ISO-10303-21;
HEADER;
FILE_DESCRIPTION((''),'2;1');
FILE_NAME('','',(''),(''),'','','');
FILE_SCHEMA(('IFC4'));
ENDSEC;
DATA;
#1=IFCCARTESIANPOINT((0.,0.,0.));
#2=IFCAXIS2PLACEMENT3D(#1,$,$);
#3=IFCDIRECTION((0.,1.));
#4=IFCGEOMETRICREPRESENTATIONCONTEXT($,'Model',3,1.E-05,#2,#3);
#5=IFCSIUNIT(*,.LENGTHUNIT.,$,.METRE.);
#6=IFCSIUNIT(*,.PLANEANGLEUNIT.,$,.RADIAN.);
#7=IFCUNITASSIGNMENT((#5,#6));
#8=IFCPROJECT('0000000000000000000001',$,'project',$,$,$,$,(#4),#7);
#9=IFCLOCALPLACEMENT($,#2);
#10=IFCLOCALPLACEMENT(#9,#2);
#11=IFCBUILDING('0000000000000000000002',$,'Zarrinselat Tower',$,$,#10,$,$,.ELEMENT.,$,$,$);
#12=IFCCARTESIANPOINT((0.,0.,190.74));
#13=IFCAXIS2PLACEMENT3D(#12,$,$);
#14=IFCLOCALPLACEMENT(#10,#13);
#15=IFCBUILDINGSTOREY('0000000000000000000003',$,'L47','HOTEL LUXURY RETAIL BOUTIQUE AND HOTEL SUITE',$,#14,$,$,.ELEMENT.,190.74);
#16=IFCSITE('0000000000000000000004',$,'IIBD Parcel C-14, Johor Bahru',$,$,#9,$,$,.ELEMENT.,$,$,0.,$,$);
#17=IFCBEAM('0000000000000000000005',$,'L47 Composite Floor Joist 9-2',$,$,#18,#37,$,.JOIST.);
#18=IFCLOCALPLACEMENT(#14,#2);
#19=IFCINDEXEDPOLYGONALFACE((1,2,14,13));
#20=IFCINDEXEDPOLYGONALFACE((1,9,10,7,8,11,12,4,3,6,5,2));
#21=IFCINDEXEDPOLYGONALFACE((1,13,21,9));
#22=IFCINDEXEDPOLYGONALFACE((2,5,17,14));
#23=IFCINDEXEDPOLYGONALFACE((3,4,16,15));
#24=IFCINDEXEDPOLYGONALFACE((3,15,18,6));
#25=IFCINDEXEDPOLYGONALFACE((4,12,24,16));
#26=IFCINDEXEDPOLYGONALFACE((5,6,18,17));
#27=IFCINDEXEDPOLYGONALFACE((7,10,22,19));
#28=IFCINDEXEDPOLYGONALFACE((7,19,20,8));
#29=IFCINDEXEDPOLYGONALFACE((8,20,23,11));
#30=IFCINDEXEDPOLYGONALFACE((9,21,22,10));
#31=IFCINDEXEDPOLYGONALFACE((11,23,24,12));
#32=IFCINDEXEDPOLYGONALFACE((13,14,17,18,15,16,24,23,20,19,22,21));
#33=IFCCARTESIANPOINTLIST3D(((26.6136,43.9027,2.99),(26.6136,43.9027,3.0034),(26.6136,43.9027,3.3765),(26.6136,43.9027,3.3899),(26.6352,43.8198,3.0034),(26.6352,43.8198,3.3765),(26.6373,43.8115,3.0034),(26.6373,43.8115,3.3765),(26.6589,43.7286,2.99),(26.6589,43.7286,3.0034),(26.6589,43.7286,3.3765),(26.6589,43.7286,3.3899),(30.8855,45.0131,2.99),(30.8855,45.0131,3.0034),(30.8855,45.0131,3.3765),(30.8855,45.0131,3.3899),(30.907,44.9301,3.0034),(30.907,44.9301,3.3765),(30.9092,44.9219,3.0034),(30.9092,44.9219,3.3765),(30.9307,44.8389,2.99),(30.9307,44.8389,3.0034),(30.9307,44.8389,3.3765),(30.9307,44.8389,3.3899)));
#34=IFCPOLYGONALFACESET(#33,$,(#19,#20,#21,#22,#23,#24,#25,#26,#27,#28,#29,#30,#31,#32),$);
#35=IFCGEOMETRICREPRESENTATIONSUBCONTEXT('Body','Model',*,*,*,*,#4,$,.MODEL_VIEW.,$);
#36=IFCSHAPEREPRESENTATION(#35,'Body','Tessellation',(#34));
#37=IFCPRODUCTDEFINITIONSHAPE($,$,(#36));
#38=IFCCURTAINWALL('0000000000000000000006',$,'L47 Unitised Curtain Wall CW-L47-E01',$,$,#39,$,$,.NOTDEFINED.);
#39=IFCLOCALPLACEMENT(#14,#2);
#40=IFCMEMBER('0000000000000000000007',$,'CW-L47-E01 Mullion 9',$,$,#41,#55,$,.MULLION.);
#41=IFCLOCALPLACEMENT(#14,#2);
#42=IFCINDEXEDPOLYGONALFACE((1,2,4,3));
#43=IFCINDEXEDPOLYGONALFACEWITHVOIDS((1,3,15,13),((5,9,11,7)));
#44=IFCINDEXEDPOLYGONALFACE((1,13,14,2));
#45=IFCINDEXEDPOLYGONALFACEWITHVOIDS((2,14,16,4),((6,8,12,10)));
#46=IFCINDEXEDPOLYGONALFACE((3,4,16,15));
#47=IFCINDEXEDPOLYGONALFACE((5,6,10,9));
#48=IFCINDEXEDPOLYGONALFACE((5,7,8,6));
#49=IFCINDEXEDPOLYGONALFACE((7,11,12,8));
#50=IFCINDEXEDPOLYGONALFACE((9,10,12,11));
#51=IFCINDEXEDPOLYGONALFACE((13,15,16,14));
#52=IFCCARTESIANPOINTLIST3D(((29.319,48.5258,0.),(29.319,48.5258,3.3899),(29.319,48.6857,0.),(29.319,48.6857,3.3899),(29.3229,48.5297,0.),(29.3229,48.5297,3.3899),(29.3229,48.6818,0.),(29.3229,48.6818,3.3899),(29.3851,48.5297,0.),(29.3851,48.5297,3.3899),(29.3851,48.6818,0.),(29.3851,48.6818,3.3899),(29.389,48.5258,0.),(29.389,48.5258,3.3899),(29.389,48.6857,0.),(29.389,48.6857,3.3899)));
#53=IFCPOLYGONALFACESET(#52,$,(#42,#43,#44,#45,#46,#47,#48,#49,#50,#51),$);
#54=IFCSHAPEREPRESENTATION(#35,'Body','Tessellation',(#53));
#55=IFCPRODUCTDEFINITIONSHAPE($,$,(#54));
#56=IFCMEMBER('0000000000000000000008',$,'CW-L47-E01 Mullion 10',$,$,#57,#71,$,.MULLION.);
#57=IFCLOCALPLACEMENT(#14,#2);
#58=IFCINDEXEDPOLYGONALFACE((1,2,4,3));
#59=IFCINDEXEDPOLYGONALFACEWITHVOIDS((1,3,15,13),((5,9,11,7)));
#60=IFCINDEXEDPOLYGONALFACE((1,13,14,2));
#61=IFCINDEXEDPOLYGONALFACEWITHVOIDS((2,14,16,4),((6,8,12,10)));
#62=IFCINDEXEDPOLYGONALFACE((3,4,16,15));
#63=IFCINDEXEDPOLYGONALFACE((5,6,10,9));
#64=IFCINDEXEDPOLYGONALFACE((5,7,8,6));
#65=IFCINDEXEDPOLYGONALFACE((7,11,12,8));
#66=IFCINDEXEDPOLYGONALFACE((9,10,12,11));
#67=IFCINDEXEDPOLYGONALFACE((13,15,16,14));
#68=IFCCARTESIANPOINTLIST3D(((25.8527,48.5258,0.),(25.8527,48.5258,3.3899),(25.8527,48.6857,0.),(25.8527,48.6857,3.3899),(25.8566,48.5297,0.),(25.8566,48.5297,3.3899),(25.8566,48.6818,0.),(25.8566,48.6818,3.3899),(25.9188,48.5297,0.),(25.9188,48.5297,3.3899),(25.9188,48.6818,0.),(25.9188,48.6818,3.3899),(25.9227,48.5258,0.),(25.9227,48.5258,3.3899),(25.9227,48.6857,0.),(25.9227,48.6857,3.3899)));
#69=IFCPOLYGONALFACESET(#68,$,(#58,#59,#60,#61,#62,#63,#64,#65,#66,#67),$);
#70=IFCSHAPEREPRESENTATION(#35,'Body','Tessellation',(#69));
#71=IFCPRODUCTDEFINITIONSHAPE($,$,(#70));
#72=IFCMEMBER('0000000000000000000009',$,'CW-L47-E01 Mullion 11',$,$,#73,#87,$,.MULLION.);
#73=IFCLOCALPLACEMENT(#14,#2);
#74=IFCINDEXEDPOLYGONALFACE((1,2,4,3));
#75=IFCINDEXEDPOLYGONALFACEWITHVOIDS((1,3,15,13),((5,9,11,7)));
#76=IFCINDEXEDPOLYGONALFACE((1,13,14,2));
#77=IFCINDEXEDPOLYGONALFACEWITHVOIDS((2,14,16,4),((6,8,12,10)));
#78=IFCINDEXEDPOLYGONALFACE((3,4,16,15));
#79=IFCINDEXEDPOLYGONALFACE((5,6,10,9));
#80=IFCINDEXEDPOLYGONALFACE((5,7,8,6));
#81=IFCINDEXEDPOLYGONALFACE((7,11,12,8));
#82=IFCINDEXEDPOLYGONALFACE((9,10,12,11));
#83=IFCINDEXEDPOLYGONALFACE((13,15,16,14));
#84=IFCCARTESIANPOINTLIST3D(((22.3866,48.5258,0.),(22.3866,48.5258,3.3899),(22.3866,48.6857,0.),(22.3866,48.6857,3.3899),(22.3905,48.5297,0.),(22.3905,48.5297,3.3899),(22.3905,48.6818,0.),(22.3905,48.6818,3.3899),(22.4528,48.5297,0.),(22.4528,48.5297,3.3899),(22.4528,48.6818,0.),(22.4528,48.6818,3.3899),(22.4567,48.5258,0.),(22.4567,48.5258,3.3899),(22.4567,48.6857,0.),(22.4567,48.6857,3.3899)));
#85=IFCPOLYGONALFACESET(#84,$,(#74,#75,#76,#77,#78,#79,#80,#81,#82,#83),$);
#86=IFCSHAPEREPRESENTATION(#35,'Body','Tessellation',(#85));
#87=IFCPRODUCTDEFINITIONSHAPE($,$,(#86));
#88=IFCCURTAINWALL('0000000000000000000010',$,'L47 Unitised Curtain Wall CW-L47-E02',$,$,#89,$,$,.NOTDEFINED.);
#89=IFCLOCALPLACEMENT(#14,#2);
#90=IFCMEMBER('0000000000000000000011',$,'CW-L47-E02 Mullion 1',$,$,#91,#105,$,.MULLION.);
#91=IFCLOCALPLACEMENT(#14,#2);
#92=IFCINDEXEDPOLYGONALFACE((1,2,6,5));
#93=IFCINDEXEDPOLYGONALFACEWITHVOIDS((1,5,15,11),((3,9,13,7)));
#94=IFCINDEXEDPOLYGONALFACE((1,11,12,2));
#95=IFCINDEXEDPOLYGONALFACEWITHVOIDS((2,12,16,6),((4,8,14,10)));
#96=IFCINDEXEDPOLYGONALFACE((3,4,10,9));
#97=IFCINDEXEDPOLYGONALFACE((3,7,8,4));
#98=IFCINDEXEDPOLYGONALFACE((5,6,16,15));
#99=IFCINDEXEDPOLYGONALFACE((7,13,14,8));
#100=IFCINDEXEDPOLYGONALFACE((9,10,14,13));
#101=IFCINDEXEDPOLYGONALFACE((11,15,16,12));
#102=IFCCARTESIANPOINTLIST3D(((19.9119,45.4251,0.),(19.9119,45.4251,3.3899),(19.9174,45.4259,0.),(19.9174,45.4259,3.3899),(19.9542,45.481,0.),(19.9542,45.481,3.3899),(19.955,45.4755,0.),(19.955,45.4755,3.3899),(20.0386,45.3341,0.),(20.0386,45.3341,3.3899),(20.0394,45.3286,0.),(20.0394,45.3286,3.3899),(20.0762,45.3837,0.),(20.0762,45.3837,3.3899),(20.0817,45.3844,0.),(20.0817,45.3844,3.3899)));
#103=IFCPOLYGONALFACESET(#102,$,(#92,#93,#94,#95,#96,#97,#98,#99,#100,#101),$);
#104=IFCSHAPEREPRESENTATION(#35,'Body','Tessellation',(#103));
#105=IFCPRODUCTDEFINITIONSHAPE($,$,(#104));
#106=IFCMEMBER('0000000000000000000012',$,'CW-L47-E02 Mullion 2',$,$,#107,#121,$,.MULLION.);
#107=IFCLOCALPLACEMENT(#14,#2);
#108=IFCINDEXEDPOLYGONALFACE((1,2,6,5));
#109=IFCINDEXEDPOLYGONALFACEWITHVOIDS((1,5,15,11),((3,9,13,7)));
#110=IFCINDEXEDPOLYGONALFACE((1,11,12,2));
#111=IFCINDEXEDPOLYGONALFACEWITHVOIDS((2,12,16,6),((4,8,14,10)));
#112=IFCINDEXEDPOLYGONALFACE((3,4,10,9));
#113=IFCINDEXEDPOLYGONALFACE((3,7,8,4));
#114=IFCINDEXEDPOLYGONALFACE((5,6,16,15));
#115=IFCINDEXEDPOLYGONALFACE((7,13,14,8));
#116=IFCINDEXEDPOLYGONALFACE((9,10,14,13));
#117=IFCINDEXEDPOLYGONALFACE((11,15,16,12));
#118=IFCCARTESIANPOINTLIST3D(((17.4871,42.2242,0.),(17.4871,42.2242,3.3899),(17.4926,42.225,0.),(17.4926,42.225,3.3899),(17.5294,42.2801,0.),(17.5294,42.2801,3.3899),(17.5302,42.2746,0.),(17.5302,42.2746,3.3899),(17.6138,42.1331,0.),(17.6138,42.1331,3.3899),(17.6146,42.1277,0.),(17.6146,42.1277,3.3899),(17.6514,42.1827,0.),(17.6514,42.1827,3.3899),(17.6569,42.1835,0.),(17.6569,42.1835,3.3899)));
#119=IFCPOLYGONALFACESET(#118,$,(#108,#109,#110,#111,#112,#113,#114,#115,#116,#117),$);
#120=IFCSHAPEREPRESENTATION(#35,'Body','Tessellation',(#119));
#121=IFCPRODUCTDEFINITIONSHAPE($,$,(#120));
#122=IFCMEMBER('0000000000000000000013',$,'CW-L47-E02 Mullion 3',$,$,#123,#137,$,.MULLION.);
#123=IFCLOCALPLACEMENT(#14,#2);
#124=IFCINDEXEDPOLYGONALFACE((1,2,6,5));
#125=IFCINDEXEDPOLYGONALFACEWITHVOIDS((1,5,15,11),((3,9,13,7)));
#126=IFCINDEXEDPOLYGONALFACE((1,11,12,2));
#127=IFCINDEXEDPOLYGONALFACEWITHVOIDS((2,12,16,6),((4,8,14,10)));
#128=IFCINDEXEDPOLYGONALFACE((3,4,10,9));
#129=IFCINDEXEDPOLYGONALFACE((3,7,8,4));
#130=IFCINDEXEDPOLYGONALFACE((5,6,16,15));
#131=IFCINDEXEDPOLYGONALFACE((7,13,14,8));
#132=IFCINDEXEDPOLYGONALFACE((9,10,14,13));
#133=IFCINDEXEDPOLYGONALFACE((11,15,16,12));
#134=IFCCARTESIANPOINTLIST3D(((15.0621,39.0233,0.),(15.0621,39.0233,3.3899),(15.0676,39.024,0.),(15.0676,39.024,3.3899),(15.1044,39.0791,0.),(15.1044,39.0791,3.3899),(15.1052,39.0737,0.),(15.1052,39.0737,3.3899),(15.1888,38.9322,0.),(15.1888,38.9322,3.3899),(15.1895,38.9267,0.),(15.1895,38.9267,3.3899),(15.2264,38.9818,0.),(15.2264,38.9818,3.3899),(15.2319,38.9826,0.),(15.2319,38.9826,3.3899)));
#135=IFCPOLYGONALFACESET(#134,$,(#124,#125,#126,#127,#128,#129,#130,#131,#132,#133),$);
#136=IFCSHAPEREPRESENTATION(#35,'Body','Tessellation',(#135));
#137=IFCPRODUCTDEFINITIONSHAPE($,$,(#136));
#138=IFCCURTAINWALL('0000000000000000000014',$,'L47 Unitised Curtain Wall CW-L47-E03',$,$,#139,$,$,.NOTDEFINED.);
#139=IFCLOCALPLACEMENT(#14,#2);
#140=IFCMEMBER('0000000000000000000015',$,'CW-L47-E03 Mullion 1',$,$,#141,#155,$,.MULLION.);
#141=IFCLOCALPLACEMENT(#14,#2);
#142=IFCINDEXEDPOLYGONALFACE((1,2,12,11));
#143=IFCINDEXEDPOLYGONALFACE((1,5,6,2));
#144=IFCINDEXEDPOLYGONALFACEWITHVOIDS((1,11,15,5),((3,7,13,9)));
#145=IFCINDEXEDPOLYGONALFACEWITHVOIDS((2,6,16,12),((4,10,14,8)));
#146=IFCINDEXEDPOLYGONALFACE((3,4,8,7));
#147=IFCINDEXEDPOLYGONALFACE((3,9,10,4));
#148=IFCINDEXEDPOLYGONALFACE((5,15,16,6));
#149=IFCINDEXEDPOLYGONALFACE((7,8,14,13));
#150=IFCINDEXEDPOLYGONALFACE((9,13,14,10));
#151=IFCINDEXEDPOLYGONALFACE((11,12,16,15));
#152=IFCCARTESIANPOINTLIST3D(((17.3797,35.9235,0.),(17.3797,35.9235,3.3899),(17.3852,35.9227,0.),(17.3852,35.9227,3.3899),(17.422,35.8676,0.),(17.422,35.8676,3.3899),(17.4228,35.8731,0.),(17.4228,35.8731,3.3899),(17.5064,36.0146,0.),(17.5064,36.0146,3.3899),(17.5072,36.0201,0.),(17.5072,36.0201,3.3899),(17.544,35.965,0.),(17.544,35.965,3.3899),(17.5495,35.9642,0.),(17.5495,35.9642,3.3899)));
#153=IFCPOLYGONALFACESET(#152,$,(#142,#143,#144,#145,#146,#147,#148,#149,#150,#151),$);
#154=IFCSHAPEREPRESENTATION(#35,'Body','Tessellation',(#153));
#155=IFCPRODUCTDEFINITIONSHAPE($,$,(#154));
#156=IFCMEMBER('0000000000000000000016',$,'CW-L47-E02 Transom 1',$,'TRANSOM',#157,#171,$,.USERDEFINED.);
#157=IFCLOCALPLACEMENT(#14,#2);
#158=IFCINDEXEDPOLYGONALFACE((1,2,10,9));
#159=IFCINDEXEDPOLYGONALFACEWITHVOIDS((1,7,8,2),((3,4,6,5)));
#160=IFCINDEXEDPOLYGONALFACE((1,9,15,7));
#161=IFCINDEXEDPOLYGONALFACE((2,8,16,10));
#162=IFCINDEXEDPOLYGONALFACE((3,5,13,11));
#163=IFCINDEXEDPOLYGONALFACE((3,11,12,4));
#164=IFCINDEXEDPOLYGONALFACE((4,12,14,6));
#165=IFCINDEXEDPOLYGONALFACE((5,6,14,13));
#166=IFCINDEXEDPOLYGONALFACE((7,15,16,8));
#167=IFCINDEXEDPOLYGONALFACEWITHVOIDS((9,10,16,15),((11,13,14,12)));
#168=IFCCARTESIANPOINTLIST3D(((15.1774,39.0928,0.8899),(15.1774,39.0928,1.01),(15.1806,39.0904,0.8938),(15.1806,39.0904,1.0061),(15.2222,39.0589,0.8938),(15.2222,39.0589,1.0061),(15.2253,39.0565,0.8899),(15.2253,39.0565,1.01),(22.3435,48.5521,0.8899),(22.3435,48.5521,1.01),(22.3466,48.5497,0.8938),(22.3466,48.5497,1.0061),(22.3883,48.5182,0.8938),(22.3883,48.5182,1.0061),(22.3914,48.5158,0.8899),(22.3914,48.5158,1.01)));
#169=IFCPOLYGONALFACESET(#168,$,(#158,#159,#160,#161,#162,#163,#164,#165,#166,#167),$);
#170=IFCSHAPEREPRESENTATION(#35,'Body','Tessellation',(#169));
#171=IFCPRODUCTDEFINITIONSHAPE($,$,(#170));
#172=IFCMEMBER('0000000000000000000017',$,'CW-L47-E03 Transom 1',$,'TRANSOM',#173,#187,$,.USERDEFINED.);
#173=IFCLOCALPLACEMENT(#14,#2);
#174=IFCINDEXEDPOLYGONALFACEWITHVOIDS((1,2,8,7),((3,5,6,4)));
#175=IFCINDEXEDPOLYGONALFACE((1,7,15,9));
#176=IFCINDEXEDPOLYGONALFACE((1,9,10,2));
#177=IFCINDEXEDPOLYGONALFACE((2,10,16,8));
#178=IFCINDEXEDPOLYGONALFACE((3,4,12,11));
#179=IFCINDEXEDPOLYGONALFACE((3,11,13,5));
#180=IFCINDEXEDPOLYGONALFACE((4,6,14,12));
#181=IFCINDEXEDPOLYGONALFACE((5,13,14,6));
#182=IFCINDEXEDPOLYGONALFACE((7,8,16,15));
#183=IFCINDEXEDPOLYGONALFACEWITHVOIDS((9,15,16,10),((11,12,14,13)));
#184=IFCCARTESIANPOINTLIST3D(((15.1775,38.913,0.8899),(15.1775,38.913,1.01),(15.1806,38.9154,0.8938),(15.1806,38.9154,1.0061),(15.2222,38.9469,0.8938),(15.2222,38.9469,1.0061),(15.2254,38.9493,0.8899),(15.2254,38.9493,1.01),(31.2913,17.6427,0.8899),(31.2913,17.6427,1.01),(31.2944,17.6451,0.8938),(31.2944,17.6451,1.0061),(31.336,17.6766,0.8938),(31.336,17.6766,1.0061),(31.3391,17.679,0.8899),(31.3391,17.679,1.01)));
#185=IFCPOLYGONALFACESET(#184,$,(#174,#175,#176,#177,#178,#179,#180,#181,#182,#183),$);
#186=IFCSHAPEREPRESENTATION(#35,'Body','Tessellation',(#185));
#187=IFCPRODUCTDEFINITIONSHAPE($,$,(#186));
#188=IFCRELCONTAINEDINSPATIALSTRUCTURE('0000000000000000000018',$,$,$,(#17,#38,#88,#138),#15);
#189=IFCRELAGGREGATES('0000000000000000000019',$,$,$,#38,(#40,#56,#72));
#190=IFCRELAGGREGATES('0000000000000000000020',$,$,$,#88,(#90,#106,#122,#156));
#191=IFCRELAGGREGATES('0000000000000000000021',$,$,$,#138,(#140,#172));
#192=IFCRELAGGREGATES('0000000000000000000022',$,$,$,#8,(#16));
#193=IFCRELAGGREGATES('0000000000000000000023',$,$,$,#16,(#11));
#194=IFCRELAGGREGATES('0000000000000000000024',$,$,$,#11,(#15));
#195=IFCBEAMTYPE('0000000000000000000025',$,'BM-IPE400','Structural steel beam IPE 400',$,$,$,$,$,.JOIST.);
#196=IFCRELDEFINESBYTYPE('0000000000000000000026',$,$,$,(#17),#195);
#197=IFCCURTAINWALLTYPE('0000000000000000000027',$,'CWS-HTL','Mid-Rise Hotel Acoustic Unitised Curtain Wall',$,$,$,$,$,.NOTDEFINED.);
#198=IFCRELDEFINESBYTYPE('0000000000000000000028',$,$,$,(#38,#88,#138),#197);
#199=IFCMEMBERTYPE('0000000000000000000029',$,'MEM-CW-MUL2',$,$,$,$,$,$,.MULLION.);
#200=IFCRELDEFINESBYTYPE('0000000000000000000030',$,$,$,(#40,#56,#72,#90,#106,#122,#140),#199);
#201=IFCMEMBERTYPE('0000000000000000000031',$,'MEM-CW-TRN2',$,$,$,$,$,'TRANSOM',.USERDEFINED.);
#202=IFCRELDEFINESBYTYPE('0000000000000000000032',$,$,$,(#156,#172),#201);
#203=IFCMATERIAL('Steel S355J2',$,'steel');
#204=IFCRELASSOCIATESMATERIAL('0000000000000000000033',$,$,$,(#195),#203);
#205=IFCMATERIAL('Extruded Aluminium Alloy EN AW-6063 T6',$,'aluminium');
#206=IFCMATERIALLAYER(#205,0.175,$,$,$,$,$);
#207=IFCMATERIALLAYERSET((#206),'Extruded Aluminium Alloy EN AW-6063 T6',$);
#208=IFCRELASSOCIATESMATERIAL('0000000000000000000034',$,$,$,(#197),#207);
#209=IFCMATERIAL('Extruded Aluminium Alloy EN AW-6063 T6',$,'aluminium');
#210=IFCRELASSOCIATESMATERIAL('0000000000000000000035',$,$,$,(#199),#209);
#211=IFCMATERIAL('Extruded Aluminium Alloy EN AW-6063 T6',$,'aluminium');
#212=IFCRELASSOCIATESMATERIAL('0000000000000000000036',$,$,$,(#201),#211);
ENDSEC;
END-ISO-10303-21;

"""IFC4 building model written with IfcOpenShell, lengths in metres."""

from ifc_helpers import new_model, si_unit, direction, frame, origin, origin_2d, place, context, subcontext, project, spatial, hollow_rectangle, i_section, extrude, material, layer, layer_set, material_profile, profile_set, type_object, element, aggregate, save


model = new_model("IFC4")

# Units and contexts
model_context = context("Model", 3, precision=1e-05, world=origin(), true_north=direction((0.0, 1.0)))
body_context = subcontext(model_context, "Body", "Model", "MODEL_VIEW")
ifc_project = project(units=[si_unit("LENGTHUNIT", "METRE"), si_unit("PLANEANGLEUNIT", "RADIAN")], contexts=[model_context])

# Site, building, storey
site_placement = place(None, origin())
site = spatial("IfcSite", under=ifc_project, at=site_placement, Name="IIBD Parcel C-14, Johor Bahru", CompositionType="ELEMENT", RefElevation=0.0)
building_placement = place(site_placement, origin())
building = spatial("IfcBuilding", under=site, at=building_placement, Name="Zarrinselat Tower", CompositionType="ELEMENT")
storey_placement = place(building_placement, frame((0.0, 0.0, 190.74)))
storey = spatial("IfcBuildingStorey", under=building, at=storey_placement, Name="L47", Description="HOTEL LUXURY RETAIL BOUTIQUE AND HOTEL SUITE", CompositionType="ELEMENT", Elevation=190.74)

# Beam
ifc_material_1 = material(Name="Steel S355J2", Category="steel")
ifc_material_profile_1 = material_profile(ifc_material_1, i_section(OverallWidth=0.1799, OverallDepth=0.3999, WebThickness=0.0085, FlangeThickness=0.0134, at=origin_2d()), Name="IPE 400")
ifc_profile_set_1 = profile_set([ifc_material_profile_1], Name="Steel S355J2")
beam_type_1 = type_object("IfcBeamType", Name="BM-IPE400", Description="Structural steel beam IPE 400", PredefinedType="JOIST", material=ifc_profile_set_1)
beam_1_placement = place(storey_placement, frame((26.6362, 43.8157, 3.1899), z_axis=(0.967842, 0.251557, 0.0), x_axis=(-0.251557, 0.967842, 0.0)))
element("IfcBeam", 1, at=beam_1_placement, inside=storey, type_object=beam_type_1, Name="L47 Composite Floor Joist 9-2", PredefinedType="JOIST", context=body_context, shape_type="SweptSolid", body=[
    extrude(i_section(OverallWidth=0.1799, OverallDepth=0.3999, WebThickness=0.0085, FlangeThickness=0.0134, at=origin_2d()), origin(), (0.0, 0.0, 1.0), 4.4138),
])

# Curtain walls, members
ifc_material_2 = material(Name="Extruded Aluminium Alloy EN AW-6063 T6", Category="aluminium")
ifc_layer_1 = layer(ifc_material_2, 0.175)
ifc_layer_set_1 = layer_set([ifc_layer_1], Name="Extruded Aluminium Alloy EN AW-6063 T6")
curtain_wall_type = type_object("IfcCurtainWallType", Name="CWS-HTL", Description="Mid-Rise Hotel Acoustic Unitised Curtain Wall", PredefinedType="NOTDEFINED", material=ifc_layer_set_1)
curtain_wall_1_placement = place(storey_placement, origin())
curtain_wall_1 = element("IfcCurtainWall", 2, at=curtain_wall_1_placement, inside=storey, type_object=curtain_wall_type, Name="L47 Unitised Curtain Wall CW-L47-E01", PredefinedType="NOTDEFINED")
ifc_material_3 = material(Name="Extruded Aluminium Alloy EN AW-6063 T6", Category="aluminium")
ifc_material_profile_2 = material_profile(ifc_material_3, hollow_rectangle(XDim=0.0701, YDim=0.1599, WallThickness=0.0039, at=origin_2d()), Name="RHS 160x70x4")
ifc_profile_set_2 = profile_set([ifc_material_profile_2], Name="Extruded Aluminium Alloy EN AW-6063 T6")
member_type_1 = type_object("IfcMemberType", Name="MEM-CW-MUL2", PredefinedType="MULLION", material=ifc_profile_set_2)
member_1_placement = place(storey_placement, frame((29.354, 48.6057, 0.0), z_axis=(0.0, 0.0, 1.0), x_axis=(-1.0, 0.0, 0.0)))
member_1 = element("IfcMember", 3, at=member_1_placement, type_object=member_type_1, Name="CW-L47-E01 Mullion 9", PredefinedType="MULLION", context=body_context, shape_type="SweptSolid", body=[
    extrude(hollow_rectangle(XDim=0.0701, YDim=0.1599, WallThickness=0.0039, at=origin_2d()), origin(), (0.0, 0.0, 1.0), 3.3899),
])
member_2_placement = place(storey_placement, frame((25.8877, 48.6057, 0.0), z_axis=(0.0, 0.0, 1.0), x_axis=(-1.0, 0.0, 0.0)))
member_2 = element("IfcMember", 4, at=member_2_placement, type_object=member_type_1, Name="CW-L47-E01 Mullion 10", PredefinedType="MULLION", context=body_context, shape_type="SweptSolid", body=[
    extrude(hollow_rectangle(XDim=0.0701, YDim=0.1599, WallThickness=0.0039, at=origin_2d()), origin(), (0.0, 0.0, 1.0), 3.3899),
])
member_3_placement = place(storey_placement, frame((22.4216, 48.6057, 0.0), z_axis=(0.0, 0.0, 1.0), x_axis=(-1.0, 0.0, 0.0)))
member_3 = element("IfcMember", 5, at=member_3_placement, type_object=member_type_1, Name="CW-L47-E01 Mullion 11", PredefinedType="MULLION", context=body_context, shape_type="SweptSolid", body=[
    extrude(hollow_rectangle(XDim=0.0701, YDim=0.1599, WallThickness=0.0039, at=origin_2d()), origin(), (0.0, 0.0, 1.0), 3.3899),
])
curtain_wall_2_placement = place(storey_placement, origin())
curtain_wall_2 = element("IfcCurtainWall", 6, at=curtain_wall_2_placement, inside=storey, type_object=curtain_wall_type, Name="L47 Unitised Curtain Wall CW-L47-E02", PredefinedType="NOTDEFINED")
member_4_placement = place(storey_placement, frame((19.9968, 45.4048, 0.0), z_axis=(0.0, 0.0, 1.0), x_axis=(-0.603854, -0.797095, 0.0)))
member_4 = element("IfcMember", 7, at=member_4_placement, type_object=member_type_1, Name="CW-L47-E02 Mullion 1", PredefinedType="MULLION", context=body_context, shape_type="SweptSolid", body=[
    extrude(hollow_rectangle(XDim=0.0701, YDim=0.1599, WallThickness=0.0039, at=origin_2d()), origin(), (0.0, 0.0, 1.0), 3.3899),
])
member_5_placement = place(storey_placement, frame((17.572, 42.2039, 0.0), z_axis=(0.0, 0.0, 1.0), x_axis=(-0.603854, -0.797095, 0.0)))
member_5 = element("IfcMember", 8, at=member_5_placement, type_object=member_type_1, Name="CW-L47-E02 Mullion 2", PredefinedType="MULLION", context=body_context, shape_type="SweptSolid", body=[
    extrude(hollow_rectangle(XDim=0.0701, YDim=0.1599, WallThickness=0.0039, at=origin_2d()), origin(), (0.0, 0.0, 1.0), 3.3899),
])
member_6_placement = place(storey_placement, frame((15.147, 39.0029, 0.0), z_axis=(0.0, 0.0, 1.0), x_axis=(-0.603854, -0.797095, 0.0)))
member_6 = element("IfcMember", 9, at=member_6_placement, type_object=member_type_1, Name="CW-L47-E02 Mullion 3", PredefinedType="MULLION", context=body_context, shape_type="SweptSolid", body=[
    extrude(hollow_rectangle(XDim=0.0701, YDim=0.1599, WallThickness=0.0039, at=origin_2d()), origin(), (0.0, 0.0, 1.0), 3.3899),
])

# Curtain wall, member
curtain_wall_3_placement = place(storey_placement, origin())
curtain_wall_3 = element("IfcCurtainWall", 10, at=curtain_wall_3_placement, inside=storey, type_object=curtain_wall_type, Name="L47 Unitised Curtain Wall CW-L47-E03", PredefinedType="NOTDEFINED")
member_7_placement = place(storey_placement, frame((17.4646, 35.9438, 0.0), z_axis=(0.0, 0.0, 1.0), x_axis=(0.603857, -0.797093, 0.0)))
member_7 = element("IfcMember", 11, at=member_7_placement, type_object=member_type_1, Name="CW-L47-E03 Mullion 1", PredefinedType="MULLION", context=body_context, shape_type="SweptSolid", body=[
    extrude(hollow_rectangle(XDim=0.0701, YDim=0.1599, WallThickness=0.0039, at=origin_2d()), origin(), (0.0, 0.0, 1.0), 3.3899),
])

# Members
ifc_material_4 = material(Name="Extruded Aluminium Alloy EN AW-6063 T6", Category="aluminium")
ifc_material_profile_3 = material_profile(ifc_material_4, hollow_rectangle(XDim=0.0601, YDim=0.1201, WallThickness=0.0039, at=origin_2d()), Name="RHS 120x60x4")
ifc_profile_set_3 = profile_set([ifc_material_profile_3], Name="Extruded Aluminium Alloy EN AW-6063 T6")
member_type_2 = type_object("IfcMemberType", Name="MEM-CW-TRN2", ElementType="TRANSOM", PredefinedType="USERDEFINED", material=ifc_profile_set_3)
member_8_placement = place(storey_placement, frame((22.3674, 48.5339, 0.95), z_axis=(-0.603854, -0.797095, 0.0), x_axis=(0.797095, -0.603854, 0.0)))
member_8 = element("IfcMember", 12, at=member_8_placement, type_object=member_type_2, Name="CW-L47-E02 Transom 1", ObjectType="TRANSOM", PredefinedType="USERDEFINED", context=body_context, shape_type="SweptSolid", body=[
    extrude(hollow_rectangle(XDim=0.0601, YDim=0.1201, WallThickness=0.0039, at=origin_2d()), origin(), (0.0, 0.0, 1.0), 11.8672),
])
member_9_placement = place(storey_placement, frame((15.2014, 38.9312, 0.95), z_axis=(0.603856, -0.797093, 0.0), x_axis=(0.797093, 0.603856, 0.0)))
member_9 = element("IfcMember", 13, at=member_9_placement, type_object=member_type_2, Name="CW-L47-E03 Transom 1", ObjectType="TRANSOM", PredefinedType="USERDEFINED", context=body_context, shape_type="SweptSolid", body=[
    extrude(hollow_rectangle(XDim=0.0601, YDim=0.1201, WallThickness=0.0039, at=origin_2d()), origin(), (0.0, 0.0, 1.0), 26.6848),
])

aggregate(curtain_wall_1, [member_1, member_2, member_3])
aggregate(curtain_wall_2, [member_4, member_5, member_6, member_8])
aggregate(curtain_wall_3, [member_7, member_9])

save(model, "model.ifc")
